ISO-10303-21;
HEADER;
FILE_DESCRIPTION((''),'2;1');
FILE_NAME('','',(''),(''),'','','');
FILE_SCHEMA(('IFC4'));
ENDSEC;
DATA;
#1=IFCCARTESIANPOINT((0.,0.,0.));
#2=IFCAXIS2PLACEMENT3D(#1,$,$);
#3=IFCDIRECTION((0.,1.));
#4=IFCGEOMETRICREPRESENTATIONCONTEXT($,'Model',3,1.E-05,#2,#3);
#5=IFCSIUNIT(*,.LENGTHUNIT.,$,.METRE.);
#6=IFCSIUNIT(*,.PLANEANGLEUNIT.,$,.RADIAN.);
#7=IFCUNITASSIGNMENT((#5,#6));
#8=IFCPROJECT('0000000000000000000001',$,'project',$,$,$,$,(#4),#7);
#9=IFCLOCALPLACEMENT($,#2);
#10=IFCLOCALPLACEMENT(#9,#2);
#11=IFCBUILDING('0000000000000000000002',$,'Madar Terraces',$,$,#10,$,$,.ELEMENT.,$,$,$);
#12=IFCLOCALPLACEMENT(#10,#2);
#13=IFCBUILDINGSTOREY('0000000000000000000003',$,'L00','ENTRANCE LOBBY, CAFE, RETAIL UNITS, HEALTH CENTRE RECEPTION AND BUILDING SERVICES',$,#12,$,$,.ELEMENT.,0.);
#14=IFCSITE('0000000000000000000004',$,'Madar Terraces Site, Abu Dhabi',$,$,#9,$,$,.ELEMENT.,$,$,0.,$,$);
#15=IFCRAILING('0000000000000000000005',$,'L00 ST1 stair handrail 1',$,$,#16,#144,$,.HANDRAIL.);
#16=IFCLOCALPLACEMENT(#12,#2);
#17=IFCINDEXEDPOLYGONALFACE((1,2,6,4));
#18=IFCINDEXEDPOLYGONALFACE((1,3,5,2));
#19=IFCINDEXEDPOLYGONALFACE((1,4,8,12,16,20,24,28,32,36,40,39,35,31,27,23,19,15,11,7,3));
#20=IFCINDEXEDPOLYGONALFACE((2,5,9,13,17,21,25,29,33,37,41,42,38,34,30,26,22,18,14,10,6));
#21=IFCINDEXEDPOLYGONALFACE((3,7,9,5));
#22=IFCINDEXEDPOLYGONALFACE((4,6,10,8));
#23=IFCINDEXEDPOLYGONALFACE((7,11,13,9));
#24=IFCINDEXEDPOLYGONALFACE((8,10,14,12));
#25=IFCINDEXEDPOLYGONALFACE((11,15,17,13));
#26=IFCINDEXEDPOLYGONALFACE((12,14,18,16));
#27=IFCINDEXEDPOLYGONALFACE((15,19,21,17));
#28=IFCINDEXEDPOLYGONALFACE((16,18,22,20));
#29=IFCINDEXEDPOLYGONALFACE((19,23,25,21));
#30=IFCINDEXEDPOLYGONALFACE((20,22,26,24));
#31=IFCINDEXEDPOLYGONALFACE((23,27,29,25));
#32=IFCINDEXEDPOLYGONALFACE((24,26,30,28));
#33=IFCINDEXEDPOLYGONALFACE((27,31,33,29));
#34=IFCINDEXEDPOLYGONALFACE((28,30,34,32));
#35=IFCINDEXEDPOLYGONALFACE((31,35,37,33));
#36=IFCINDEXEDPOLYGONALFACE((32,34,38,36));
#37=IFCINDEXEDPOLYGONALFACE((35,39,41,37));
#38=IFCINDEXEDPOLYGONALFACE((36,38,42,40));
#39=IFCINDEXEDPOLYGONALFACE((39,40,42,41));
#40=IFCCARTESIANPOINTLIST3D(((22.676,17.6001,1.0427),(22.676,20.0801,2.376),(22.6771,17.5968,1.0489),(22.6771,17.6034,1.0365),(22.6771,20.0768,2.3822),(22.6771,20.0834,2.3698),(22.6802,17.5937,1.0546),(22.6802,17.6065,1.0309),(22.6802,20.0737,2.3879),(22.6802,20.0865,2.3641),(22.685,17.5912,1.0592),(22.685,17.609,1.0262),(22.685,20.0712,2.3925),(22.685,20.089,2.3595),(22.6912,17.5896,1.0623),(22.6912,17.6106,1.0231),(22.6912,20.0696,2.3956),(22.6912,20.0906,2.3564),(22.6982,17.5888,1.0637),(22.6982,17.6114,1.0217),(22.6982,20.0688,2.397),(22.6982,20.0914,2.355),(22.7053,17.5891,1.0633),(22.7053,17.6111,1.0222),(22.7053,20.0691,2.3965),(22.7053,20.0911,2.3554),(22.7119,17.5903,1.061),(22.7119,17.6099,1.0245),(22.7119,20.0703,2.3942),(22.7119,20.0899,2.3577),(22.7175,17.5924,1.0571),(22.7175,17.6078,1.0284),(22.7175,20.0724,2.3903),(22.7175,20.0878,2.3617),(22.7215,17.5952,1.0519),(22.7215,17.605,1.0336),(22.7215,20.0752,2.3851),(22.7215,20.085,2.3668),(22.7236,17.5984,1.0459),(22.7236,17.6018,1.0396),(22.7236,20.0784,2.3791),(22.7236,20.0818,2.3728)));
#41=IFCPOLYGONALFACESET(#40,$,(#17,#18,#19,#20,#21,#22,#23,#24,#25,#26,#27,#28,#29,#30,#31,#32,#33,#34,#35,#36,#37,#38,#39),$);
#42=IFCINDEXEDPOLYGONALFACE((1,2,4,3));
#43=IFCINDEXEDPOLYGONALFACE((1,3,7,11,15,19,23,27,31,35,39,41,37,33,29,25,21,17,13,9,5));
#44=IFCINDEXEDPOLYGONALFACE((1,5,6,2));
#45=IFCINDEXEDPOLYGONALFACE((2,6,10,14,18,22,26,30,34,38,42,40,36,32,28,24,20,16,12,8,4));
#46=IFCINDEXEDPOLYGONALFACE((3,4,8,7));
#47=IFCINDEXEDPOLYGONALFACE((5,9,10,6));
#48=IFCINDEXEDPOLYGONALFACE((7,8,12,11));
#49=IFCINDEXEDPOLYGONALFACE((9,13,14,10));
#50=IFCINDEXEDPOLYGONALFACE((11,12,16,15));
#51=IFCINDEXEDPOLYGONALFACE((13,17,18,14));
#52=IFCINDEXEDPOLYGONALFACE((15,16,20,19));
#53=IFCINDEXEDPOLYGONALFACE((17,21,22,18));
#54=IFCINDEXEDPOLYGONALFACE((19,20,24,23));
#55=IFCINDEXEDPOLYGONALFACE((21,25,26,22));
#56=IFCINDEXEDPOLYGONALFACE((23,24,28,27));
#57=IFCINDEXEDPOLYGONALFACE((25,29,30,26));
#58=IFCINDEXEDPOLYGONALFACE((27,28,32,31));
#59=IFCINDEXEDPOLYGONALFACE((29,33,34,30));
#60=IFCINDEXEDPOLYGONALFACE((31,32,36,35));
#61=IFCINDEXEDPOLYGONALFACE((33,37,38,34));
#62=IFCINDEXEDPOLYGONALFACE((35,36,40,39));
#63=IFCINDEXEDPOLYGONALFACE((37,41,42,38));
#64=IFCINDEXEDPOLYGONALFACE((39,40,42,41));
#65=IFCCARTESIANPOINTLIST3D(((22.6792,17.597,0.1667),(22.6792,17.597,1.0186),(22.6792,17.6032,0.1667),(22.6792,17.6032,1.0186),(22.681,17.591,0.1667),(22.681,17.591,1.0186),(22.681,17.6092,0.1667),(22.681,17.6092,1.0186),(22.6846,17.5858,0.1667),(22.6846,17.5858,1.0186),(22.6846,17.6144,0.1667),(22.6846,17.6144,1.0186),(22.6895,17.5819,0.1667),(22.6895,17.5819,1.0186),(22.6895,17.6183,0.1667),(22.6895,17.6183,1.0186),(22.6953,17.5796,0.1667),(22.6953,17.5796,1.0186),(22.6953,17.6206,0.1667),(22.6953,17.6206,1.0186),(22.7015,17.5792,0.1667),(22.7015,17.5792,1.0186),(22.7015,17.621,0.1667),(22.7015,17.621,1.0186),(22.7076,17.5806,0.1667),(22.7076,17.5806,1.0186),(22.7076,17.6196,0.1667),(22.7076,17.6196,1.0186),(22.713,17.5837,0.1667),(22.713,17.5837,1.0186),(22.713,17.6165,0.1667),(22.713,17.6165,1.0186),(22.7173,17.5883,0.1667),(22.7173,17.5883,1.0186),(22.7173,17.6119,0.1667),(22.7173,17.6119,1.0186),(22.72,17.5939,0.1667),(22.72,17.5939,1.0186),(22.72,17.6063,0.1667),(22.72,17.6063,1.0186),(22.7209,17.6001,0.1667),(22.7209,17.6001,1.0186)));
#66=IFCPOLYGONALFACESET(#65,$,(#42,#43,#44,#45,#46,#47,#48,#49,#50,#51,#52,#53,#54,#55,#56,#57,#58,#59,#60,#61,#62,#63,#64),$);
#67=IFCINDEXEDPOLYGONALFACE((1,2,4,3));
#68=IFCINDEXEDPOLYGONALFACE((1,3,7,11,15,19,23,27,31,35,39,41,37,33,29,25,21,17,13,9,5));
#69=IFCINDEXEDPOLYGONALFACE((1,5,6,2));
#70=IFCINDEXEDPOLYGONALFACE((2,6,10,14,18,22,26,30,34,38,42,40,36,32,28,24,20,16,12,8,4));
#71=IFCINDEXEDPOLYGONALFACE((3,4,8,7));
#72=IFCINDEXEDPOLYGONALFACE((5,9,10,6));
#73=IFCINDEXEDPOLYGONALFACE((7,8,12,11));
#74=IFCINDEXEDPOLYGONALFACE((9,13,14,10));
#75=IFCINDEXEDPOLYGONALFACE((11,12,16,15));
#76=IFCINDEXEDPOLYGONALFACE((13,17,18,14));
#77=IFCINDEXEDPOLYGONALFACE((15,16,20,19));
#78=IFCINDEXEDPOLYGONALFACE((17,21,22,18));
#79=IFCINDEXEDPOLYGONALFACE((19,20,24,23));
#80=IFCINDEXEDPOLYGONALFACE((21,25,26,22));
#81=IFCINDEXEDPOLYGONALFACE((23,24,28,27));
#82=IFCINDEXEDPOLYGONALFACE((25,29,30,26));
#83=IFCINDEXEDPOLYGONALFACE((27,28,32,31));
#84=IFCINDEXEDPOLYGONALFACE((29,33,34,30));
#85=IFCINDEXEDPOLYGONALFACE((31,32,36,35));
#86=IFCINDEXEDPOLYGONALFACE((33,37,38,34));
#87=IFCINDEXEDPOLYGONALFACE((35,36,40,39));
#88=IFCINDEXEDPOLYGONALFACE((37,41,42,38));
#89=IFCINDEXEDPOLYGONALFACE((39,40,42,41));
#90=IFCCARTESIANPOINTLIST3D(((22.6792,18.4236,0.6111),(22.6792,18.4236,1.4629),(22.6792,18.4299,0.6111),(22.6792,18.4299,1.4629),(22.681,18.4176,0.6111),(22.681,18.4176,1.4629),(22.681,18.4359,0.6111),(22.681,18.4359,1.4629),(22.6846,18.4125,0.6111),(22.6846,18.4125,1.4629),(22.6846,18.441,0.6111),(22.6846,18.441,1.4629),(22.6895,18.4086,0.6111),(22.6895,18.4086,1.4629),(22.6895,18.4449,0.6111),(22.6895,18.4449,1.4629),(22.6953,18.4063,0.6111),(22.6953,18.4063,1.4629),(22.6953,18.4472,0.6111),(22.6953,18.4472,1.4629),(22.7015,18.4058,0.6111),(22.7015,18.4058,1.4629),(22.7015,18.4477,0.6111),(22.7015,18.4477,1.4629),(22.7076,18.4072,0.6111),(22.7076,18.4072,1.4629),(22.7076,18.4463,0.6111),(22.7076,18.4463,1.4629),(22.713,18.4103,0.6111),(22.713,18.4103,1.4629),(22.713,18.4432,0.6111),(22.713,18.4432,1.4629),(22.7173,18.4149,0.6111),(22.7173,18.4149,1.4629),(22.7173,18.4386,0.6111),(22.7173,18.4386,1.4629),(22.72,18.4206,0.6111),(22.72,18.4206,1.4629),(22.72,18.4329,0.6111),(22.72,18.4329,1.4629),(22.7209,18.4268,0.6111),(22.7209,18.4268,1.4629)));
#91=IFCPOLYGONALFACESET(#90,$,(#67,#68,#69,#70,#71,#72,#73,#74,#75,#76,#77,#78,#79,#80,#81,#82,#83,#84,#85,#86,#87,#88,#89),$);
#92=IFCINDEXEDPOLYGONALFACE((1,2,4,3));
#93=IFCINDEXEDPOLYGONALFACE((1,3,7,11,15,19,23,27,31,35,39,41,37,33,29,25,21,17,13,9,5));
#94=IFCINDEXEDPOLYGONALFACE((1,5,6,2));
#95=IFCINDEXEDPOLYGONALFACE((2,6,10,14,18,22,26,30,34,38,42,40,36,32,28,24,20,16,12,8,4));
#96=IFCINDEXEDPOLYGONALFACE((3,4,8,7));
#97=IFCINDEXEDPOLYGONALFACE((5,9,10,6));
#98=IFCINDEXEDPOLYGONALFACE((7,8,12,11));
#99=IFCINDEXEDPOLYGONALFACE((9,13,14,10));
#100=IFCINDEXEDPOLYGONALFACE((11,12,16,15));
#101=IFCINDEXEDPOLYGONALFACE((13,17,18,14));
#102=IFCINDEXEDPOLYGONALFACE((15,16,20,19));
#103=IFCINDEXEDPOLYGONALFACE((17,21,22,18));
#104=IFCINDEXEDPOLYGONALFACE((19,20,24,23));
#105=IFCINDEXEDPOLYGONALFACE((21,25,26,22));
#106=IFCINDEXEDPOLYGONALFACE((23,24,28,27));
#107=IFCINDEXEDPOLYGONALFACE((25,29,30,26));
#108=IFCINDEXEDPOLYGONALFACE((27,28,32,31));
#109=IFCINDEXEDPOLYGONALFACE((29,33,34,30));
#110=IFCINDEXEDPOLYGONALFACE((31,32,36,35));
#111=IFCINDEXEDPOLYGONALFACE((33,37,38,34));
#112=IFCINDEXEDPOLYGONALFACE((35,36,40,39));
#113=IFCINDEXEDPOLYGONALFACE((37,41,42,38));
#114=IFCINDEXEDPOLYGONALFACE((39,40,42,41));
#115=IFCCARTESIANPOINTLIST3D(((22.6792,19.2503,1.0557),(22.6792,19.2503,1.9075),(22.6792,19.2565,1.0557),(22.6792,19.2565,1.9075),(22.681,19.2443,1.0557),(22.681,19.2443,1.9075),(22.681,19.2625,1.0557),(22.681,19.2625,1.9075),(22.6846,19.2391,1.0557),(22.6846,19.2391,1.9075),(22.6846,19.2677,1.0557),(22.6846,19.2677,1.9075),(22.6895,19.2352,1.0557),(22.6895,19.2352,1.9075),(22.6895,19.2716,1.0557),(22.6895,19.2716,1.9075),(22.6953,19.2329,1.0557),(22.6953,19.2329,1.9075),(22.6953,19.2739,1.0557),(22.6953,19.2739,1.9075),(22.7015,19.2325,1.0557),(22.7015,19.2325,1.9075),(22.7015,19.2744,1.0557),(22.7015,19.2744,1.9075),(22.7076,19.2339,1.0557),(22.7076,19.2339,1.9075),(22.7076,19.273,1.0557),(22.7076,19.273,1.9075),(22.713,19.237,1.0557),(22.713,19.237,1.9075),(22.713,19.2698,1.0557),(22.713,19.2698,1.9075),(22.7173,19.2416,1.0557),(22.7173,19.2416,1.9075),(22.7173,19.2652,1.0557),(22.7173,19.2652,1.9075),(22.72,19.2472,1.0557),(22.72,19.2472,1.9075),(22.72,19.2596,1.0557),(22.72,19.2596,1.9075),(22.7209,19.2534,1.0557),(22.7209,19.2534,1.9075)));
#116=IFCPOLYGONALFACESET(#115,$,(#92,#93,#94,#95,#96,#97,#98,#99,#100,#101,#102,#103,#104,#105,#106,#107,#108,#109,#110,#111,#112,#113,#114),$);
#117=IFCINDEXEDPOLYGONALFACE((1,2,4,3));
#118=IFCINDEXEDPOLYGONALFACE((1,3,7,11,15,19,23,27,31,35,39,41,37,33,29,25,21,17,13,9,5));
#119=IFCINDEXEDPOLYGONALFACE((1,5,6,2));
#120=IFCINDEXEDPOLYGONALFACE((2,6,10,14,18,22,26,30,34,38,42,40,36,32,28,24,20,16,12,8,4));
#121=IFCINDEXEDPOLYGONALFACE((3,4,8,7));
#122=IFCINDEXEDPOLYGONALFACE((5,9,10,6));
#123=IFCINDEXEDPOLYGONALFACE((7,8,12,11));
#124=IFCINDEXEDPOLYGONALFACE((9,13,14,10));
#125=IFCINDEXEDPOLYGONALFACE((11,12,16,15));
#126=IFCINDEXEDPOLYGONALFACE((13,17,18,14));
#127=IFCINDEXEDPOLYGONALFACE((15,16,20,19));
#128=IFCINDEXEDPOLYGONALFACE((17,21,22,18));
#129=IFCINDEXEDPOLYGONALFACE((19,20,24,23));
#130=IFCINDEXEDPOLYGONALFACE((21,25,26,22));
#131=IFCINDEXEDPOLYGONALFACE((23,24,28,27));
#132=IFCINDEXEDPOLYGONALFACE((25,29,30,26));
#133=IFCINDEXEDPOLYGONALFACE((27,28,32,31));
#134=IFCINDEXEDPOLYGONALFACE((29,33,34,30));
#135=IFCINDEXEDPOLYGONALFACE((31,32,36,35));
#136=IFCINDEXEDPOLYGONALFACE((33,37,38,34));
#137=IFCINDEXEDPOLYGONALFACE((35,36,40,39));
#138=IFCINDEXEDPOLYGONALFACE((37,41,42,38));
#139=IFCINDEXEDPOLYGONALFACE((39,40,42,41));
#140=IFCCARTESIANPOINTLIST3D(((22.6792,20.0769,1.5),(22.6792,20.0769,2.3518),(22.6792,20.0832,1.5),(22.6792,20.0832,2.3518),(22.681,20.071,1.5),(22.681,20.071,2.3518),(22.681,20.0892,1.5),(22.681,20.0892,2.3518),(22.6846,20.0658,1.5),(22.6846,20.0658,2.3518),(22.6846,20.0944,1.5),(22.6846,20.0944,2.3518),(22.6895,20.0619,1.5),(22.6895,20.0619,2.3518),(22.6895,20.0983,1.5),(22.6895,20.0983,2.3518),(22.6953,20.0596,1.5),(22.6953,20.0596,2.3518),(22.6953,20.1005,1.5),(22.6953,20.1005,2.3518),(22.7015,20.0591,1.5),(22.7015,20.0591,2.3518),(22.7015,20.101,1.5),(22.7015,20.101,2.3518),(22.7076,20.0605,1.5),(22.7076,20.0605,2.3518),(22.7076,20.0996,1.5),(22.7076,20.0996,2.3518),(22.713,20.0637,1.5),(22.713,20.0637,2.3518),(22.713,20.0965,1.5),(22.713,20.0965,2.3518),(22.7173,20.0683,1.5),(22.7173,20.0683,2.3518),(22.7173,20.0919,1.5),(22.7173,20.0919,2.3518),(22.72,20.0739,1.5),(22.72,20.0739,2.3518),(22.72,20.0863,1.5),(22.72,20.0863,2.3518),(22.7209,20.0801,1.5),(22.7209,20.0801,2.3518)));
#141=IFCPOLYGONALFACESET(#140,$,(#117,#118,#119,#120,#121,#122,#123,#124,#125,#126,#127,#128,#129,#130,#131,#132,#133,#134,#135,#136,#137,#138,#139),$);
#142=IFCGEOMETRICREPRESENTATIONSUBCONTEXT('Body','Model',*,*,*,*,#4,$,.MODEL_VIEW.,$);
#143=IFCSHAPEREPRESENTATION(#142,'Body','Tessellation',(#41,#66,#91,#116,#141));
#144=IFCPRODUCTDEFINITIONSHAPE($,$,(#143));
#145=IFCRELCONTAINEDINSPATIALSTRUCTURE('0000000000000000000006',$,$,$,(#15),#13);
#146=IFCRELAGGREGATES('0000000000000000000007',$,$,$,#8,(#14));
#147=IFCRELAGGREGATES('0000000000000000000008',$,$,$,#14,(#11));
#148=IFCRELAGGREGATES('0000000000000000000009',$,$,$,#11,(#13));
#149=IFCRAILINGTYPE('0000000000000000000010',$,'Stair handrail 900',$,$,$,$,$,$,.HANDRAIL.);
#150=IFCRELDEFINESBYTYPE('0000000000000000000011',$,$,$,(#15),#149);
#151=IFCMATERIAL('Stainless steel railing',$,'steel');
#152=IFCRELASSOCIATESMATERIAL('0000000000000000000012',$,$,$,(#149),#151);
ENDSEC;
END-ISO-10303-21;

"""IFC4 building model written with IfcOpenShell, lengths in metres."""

from ifc_helpers import new_model, si_unit, direction, frame, origin, origin_2d, place, context, subcontext, project, spatial, circle, extrude, material, type_object, element, save


model = new_model("IFC4")

# Units and contexts
model_context = context("Model", 3, precision=1e-05, world=origin(), true_north=direction((0.0, 1.0)))
body_context = subcontext(model_context, "Body", "Model", "MODEL_VIEW")
ifc_project = project(units=[si_unit("LENGTHUNIT", "METRE"), si_unit("PLANEANGLEUNIT", "RADIAN")], contexts=[model_context])

# Site, building, storey
site_placement = place(None, origin())
site = spatial("IfcSite", under=ifc_project, at=site_placement, Name="Madar Terraces Site, Abu Dhabi", CompositionType="ELEMENT", RefElevation=0.0)
building_placement = place(site_placement, origin())
building = spatial("IfcBuilding", under=site, at=building_placement, Name="Madar Terraces", CompositionType="ELEMENT")
storey_placement = place(building_placement, origin())
storey = spatial("IfcBuildingStorey", under=building, at=storey_placement, Name="L00", Description="ENTRANCE LOBBY, CAFE, RETAIL UNITS, HEALTH CENTRE RECEPTION AND BUILDING SERVICES", CompositionType="ELEMENT", Elevation=0.0)

# Railing
ifc_material_1 = material(Name="Stainless steel railing", Category="steel")
railing_type_1 = type_object("IfcRailingType", Name="Stair handrail 900", PredefinedType="HANDRAIL", material=ifc_material_1)
for number, where, name in (
    (1, (22.7, 17.6001, 0.1667), "L00 ST1 stair handrail 1"),
):
    element("IfcRailing", number, at=place(storey_placement, frame(where)), inside=storey, type_object=railing_type_1, Name=name, PredefinedType="HANDRAIL", context=body_context, shape_type="SweptSolid", body=[
        extrude(circle(Radius=0.0239, at=origin_2d()), frame((0.0, 0.0, 0.876), z_axis=(0.0, 0.880786, 0.473515), x_axis=(-1.0, 0.0, 0.0)), (0.0, 0.0, 1.0), 2.8157),
        extrude(circle(Radius=0.021, at=origin_2d()), origin(), (0.0, 0.0, 1.0), 0.8518),
        extrude(circle(Radius=0.021, at=origin_2d()), frame((0.0, 0.8267, 0.4443)), (0.0, 0.0, 1.0), 0.8518),
        extrude(circle(Radius=0.021, at=origin_2d()), frame((0.0, 1.6533, 0.8889)), (0.0, 0.0, 1.0), 0.8518),
        extrude(circle(Radius=0.021, at=origin_2d()), frame((0.0, 2.48, 1.3333)), (0.0, 0.0, 1.0), 0.8518),
    ])

save(model, "model.ifc")
